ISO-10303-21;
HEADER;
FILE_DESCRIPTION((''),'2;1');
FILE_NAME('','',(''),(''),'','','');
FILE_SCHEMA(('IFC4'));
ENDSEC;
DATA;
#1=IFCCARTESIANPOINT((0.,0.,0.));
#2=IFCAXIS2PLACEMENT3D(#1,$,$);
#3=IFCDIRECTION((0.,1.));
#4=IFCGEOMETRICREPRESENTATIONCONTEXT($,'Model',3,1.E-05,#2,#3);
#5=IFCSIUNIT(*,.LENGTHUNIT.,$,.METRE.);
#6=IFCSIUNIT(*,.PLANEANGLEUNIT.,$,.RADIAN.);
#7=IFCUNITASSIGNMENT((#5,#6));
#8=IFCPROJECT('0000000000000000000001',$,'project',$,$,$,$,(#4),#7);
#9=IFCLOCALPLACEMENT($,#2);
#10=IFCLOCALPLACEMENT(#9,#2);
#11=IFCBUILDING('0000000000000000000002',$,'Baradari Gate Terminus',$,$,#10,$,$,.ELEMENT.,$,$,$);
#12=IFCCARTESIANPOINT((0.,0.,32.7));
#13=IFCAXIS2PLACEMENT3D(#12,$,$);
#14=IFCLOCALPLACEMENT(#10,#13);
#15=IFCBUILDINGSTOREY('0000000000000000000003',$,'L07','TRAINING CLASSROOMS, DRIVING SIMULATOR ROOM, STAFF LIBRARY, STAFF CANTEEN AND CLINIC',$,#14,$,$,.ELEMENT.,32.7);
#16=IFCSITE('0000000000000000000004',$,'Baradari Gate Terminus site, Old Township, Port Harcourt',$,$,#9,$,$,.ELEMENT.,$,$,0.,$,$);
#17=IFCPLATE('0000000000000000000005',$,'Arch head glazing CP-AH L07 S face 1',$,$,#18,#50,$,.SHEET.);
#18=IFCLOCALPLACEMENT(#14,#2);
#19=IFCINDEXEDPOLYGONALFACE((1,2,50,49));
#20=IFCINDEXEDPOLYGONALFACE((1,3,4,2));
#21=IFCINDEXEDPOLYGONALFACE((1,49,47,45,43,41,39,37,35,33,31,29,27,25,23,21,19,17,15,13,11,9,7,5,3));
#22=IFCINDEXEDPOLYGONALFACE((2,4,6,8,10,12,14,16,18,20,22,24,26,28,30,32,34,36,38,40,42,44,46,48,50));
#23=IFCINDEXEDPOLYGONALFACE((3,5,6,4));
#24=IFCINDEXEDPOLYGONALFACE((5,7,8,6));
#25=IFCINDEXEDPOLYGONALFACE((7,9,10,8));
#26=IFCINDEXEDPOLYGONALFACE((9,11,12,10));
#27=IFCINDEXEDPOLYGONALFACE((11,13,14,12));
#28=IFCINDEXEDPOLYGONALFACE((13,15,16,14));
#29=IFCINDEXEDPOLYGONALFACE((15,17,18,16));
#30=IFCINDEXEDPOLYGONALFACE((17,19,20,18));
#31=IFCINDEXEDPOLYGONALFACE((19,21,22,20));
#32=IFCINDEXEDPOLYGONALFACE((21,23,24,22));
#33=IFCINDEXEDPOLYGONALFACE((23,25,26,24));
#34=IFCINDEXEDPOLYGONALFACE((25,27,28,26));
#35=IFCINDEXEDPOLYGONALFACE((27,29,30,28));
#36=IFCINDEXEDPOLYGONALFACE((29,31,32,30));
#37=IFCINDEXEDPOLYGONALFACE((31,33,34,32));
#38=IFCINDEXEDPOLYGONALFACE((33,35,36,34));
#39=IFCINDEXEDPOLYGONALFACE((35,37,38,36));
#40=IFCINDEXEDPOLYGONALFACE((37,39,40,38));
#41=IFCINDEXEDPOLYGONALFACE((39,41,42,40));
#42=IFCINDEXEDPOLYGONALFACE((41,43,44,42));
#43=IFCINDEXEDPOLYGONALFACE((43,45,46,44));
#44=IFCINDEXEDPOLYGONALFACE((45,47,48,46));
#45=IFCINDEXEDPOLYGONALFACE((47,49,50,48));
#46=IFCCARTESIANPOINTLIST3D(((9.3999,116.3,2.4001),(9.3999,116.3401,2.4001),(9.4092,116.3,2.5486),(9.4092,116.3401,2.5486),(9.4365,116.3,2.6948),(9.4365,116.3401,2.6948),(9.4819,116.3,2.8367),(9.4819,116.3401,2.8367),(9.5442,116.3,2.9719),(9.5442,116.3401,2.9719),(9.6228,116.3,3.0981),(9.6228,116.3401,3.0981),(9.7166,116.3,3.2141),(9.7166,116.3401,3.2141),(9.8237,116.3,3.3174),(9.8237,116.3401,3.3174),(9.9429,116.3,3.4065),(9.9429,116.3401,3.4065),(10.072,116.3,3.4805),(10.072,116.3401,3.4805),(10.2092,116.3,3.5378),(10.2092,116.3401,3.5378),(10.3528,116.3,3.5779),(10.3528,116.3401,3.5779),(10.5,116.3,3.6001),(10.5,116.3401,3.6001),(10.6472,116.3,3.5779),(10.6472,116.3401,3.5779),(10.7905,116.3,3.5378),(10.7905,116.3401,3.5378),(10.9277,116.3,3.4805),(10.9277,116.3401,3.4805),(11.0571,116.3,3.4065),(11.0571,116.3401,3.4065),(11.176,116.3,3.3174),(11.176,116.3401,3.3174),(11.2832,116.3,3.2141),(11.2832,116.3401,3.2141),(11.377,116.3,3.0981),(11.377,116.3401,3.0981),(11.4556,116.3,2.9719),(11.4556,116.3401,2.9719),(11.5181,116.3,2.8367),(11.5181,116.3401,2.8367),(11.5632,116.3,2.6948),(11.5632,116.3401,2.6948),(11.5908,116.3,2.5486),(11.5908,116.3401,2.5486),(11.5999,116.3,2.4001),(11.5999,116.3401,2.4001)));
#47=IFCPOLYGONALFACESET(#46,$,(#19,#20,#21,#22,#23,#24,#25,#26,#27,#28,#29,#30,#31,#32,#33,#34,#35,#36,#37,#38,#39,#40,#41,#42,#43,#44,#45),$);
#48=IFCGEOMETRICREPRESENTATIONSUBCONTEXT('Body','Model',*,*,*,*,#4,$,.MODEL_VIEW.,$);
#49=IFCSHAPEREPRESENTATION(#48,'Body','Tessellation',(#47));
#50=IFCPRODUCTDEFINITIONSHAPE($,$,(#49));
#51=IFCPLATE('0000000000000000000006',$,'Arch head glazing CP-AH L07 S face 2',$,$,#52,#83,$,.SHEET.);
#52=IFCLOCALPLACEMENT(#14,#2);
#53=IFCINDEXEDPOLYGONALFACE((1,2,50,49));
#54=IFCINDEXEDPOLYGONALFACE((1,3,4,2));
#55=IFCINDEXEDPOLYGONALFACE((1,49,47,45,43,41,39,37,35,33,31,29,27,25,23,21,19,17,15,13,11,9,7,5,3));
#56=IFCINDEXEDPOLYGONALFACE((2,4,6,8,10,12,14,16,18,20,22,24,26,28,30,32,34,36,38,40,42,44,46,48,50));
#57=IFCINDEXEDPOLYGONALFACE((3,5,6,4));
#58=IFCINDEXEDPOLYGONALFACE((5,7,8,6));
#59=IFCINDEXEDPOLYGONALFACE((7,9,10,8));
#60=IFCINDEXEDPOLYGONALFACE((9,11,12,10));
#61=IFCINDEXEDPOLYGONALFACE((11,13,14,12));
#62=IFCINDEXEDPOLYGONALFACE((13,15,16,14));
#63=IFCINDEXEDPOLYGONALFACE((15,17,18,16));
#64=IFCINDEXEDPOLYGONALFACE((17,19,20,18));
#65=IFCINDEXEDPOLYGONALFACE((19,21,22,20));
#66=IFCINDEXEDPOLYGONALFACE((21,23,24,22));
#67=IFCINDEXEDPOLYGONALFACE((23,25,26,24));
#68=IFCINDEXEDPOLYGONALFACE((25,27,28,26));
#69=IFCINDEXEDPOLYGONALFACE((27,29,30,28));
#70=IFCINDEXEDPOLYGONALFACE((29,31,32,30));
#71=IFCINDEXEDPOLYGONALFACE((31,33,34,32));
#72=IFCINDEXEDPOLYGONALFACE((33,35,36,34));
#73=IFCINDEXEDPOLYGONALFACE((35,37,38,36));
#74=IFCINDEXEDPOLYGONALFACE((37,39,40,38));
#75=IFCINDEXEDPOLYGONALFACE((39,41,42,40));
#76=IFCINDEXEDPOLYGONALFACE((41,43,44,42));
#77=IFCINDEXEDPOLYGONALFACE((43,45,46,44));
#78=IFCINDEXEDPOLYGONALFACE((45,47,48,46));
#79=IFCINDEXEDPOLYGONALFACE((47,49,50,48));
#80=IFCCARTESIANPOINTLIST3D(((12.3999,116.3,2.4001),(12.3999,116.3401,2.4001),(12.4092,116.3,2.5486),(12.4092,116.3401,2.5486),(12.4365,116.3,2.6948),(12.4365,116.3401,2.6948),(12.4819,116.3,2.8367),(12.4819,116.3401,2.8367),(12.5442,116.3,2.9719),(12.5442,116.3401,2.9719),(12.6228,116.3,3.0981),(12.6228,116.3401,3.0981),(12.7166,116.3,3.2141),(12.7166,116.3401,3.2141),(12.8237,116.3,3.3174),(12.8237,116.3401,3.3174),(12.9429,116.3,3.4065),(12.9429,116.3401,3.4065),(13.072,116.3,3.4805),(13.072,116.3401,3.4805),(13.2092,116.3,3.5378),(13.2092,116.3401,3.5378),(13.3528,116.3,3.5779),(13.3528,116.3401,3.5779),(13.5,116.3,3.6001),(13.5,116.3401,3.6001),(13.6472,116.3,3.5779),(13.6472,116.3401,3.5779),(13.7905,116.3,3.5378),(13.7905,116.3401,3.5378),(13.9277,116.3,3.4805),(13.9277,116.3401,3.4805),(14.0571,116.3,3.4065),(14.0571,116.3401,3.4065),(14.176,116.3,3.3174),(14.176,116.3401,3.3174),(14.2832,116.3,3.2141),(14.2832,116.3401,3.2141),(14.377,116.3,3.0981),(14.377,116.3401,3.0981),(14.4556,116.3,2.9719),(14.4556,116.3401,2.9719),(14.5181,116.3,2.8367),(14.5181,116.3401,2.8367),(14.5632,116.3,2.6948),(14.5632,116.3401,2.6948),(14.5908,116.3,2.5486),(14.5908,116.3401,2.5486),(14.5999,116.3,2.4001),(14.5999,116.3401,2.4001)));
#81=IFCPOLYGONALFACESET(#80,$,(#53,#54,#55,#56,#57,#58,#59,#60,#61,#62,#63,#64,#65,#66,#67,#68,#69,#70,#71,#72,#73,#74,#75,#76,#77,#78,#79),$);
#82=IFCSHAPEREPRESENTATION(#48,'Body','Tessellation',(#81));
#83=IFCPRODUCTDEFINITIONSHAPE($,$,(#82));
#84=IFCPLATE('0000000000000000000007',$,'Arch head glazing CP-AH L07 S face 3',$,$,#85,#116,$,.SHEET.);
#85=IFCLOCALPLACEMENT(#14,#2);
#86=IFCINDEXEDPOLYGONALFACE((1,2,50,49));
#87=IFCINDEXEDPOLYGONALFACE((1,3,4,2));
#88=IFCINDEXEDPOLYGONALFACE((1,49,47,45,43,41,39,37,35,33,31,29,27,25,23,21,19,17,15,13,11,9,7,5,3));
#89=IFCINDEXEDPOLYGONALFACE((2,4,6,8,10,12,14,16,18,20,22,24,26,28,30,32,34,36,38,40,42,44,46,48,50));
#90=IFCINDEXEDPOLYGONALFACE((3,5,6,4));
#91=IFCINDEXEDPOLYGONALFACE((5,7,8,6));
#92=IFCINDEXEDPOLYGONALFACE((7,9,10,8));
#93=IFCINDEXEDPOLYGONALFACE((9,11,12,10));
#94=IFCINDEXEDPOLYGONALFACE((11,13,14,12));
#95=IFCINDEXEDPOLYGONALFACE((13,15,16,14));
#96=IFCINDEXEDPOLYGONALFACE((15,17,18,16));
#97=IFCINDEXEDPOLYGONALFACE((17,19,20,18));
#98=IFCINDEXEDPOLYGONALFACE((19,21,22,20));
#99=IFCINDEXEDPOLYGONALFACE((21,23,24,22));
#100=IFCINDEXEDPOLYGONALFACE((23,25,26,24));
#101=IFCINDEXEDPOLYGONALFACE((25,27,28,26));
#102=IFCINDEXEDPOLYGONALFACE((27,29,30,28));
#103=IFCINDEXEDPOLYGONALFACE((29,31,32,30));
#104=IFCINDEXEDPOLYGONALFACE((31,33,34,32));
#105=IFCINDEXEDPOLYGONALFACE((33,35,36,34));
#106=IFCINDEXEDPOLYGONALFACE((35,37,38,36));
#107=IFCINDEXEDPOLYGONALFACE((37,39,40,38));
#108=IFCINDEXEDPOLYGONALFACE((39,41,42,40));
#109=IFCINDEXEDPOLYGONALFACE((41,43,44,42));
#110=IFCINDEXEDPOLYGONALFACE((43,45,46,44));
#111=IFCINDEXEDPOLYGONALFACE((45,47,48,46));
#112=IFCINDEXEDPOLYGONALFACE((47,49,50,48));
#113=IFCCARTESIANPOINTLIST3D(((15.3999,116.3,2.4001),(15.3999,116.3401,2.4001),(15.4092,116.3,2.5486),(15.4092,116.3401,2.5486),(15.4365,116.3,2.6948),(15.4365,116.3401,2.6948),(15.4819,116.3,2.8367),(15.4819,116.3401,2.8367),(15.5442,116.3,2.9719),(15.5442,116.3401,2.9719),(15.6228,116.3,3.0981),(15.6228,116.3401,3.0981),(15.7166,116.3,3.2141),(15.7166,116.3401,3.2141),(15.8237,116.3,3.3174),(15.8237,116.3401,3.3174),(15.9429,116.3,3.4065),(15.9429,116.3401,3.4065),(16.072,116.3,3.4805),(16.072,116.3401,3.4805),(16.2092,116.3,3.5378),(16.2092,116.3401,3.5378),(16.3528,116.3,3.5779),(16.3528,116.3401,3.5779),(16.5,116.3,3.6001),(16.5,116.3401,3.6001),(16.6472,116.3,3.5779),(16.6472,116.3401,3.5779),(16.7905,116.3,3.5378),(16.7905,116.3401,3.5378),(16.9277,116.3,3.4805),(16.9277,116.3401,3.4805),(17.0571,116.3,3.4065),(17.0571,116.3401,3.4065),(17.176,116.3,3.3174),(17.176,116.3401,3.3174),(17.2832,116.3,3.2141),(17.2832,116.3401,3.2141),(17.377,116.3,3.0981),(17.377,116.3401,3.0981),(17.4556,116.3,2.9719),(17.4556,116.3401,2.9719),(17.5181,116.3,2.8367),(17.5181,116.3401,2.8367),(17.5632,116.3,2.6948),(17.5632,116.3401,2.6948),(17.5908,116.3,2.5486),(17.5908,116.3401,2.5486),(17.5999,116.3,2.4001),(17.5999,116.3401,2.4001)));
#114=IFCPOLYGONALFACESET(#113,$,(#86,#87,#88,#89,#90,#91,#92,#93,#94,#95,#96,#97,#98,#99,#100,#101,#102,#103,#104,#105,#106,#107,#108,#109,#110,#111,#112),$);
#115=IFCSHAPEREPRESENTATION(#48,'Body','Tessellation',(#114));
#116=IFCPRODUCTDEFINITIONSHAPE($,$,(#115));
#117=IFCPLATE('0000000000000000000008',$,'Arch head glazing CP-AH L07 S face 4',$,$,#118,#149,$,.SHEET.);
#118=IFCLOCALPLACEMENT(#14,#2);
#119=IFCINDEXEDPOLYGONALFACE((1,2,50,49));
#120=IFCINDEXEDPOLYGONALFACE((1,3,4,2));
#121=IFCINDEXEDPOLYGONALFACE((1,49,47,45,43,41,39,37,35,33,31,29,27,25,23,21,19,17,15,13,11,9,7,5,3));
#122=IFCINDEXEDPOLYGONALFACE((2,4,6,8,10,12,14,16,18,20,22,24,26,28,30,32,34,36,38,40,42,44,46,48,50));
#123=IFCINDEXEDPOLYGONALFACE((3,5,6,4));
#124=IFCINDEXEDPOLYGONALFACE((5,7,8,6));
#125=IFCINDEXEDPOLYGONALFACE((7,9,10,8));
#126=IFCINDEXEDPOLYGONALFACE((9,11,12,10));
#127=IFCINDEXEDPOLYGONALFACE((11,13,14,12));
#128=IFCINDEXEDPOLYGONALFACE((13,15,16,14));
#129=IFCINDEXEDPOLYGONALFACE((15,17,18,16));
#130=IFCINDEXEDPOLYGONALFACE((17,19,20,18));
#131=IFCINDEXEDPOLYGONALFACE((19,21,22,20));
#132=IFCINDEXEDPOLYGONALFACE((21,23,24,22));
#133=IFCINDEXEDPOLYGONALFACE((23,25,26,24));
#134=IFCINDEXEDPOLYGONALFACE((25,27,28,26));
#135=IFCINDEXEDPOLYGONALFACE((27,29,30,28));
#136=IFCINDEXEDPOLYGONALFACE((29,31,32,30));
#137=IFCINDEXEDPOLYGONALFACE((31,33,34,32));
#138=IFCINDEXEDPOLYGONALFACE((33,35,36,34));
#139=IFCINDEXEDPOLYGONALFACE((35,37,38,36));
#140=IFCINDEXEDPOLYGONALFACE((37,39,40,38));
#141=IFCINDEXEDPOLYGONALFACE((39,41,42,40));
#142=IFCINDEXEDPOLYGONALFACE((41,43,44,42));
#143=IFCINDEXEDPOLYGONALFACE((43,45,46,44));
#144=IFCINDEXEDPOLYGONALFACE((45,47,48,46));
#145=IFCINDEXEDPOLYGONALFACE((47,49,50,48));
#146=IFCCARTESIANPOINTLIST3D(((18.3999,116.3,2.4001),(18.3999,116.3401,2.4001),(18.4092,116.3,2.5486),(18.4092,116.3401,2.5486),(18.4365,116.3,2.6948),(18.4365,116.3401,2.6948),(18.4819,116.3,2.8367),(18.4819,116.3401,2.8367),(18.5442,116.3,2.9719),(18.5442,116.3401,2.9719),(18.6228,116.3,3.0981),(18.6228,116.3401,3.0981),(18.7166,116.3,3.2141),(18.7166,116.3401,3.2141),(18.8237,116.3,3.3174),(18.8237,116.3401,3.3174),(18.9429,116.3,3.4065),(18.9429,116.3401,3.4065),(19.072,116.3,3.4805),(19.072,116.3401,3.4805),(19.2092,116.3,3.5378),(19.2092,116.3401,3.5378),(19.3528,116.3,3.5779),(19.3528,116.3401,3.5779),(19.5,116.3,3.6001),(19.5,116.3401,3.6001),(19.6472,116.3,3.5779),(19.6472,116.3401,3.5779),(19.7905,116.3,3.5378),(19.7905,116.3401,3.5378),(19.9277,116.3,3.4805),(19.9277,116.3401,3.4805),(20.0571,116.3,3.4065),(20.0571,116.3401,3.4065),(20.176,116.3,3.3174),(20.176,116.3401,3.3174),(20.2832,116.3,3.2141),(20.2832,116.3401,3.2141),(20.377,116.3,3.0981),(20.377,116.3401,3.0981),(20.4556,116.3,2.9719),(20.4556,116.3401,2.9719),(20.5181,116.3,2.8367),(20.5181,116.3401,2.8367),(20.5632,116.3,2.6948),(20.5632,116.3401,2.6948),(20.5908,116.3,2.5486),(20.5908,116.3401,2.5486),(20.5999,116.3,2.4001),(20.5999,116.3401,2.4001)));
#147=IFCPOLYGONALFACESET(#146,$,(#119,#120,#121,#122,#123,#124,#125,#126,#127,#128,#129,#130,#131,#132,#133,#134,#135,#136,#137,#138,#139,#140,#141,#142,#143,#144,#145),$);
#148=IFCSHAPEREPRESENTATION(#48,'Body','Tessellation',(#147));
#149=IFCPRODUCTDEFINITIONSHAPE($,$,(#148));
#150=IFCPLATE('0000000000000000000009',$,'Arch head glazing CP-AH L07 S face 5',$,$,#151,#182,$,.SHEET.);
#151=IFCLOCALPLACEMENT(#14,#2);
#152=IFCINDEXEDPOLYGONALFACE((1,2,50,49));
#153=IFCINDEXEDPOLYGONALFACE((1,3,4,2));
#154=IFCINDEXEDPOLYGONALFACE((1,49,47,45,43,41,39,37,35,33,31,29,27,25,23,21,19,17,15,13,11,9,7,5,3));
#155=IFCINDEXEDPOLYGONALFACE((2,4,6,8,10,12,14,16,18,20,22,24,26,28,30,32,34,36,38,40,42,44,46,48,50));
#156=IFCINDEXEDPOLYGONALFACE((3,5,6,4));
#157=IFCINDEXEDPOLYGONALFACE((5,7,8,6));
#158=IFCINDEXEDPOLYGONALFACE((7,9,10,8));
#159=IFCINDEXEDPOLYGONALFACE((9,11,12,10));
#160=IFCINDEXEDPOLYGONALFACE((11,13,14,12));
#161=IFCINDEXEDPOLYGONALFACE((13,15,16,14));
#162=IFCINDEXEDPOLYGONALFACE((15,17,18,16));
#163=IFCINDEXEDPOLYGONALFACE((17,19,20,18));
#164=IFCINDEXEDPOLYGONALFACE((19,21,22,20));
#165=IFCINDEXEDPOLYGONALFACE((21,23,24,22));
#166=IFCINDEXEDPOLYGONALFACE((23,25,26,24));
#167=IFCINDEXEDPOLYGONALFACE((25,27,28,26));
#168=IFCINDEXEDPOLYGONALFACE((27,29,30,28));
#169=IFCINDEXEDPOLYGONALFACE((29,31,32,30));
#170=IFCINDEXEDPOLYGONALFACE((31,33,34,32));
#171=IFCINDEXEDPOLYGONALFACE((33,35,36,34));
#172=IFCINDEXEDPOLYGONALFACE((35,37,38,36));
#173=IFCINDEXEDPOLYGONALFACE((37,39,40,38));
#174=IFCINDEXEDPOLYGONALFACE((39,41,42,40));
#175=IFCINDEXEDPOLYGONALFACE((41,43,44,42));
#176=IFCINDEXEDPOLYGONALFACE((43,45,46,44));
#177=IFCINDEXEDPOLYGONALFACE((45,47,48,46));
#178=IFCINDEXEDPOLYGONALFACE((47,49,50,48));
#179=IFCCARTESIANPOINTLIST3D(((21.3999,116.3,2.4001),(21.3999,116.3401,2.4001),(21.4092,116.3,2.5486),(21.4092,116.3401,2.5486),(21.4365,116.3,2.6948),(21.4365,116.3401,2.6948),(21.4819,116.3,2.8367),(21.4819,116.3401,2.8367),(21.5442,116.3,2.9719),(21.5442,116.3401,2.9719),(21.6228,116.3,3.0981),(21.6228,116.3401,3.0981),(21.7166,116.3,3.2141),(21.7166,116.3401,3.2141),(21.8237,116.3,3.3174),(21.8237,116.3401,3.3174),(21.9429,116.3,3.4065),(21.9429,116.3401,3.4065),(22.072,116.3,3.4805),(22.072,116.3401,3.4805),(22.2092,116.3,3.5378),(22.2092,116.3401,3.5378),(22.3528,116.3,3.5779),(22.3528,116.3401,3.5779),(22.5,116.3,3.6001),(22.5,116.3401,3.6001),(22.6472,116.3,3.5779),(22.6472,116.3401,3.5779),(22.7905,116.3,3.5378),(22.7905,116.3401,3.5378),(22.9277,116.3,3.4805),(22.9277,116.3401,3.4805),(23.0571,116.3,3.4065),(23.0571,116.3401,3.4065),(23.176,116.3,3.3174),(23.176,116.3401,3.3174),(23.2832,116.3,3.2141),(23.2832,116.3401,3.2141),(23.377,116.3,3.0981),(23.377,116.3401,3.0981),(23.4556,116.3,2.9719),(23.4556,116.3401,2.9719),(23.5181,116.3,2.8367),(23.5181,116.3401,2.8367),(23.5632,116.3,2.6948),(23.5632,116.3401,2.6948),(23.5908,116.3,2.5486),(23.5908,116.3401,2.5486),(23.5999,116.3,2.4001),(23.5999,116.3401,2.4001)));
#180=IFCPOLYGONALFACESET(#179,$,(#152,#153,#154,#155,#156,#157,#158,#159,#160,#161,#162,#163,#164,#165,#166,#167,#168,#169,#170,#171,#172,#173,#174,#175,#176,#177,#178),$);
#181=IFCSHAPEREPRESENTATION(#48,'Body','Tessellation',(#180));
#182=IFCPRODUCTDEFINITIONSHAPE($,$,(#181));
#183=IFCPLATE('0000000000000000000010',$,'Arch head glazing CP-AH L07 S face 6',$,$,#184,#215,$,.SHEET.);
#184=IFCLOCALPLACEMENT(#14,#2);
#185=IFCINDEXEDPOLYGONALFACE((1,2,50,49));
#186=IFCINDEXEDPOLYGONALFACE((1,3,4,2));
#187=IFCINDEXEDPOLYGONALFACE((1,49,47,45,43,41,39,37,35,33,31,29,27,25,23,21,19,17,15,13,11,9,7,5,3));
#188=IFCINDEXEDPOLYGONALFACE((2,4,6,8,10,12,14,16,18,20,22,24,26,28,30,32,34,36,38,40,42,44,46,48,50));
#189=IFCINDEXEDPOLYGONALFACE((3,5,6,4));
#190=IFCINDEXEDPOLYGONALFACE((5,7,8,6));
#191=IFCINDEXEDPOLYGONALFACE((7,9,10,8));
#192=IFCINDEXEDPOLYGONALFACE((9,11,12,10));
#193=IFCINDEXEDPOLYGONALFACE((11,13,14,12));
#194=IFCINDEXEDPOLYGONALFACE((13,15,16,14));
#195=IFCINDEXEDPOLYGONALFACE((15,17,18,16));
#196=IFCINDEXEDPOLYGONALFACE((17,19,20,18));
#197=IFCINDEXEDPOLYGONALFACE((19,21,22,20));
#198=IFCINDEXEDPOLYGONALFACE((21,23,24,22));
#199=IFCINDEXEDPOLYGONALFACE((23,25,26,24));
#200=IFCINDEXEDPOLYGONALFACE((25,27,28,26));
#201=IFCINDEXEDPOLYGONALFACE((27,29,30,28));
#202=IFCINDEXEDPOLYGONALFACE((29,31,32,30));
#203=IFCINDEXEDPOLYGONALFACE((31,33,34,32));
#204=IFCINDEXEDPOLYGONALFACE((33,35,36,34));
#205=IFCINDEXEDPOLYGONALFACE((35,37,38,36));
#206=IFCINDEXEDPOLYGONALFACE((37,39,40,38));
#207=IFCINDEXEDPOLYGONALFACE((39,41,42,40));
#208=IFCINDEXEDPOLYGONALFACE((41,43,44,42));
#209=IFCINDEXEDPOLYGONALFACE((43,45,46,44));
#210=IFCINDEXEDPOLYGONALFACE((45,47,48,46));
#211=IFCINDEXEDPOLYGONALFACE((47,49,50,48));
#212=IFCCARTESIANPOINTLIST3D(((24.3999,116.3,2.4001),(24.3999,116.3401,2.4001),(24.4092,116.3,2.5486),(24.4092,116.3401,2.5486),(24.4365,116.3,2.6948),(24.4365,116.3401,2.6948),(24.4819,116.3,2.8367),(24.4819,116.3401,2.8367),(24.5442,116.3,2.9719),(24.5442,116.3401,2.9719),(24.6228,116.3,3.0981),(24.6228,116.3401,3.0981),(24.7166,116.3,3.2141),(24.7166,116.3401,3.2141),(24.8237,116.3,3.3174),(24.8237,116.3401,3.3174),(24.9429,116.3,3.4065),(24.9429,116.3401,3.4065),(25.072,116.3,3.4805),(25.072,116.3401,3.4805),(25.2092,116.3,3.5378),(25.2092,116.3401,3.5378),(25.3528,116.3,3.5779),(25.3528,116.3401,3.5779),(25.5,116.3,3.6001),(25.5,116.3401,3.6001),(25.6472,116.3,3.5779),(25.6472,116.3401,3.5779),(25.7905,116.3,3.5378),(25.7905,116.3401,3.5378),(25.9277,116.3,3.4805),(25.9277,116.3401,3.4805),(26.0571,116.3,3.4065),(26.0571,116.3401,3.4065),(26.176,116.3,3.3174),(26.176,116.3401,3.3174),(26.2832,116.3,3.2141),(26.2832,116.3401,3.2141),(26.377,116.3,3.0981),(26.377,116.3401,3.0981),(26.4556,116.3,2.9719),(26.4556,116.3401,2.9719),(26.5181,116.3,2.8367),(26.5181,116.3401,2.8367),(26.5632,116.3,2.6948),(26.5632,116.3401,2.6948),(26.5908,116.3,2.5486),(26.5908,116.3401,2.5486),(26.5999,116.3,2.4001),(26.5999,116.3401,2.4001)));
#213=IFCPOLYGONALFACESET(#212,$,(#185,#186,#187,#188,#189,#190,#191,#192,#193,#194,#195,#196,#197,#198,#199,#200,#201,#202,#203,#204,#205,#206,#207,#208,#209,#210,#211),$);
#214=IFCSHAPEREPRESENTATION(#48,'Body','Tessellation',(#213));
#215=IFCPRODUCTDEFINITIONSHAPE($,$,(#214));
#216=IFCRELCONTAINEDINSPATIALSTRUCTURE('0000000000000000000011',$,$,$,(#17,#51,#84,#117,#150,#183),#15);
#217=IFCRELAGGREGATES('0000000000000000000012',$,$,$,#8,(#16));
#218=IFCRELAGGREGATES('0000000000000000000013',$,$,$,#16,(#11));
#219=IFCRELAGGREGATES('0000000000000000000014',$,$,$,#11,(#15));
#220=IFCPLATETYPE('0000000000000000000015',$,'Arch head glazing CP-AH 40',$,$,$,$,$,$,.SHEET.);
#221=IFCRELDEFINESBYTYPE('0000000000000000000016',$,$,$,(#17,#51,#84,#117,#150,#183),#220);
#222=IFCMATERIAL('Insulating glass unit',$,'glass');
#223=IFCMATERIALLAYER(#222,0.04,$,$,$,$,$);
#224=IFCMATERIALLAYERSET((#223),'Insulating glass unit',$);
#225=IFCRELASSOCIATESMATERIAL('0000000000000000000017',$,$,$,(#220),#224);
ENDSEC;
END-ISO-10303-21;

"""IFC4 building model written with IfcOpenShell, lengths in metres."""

from ifc_helpers import new_model, si_unit, direction, frame, origin, place, context, subcontext, project, spatial, polyline, outline, extrude, material, layer, layer_set, type_object, element, save


model = new_model("IFC4")

# Units and contexts
model_context = context("Model", 3, precision=1e-05, world=origin(), true_north=direction((0.0, 1.0)))
body_context = subcontext(model_context, "Body", "Model", "MODEL_VIEW")
ifc_project = project(units=[si_unit("LENGTHUNIT", "METRE"), si_unit("PLANEANGLEUNIT", "RADIAN")], contexts=[model_context])

# Site, building, storey
site_placement = place(None, origin())
site = spatial("IfcSite", under=ifc_project, at=site_placement, Name="Baradari Gate Terminus site, Old Township, Port Harcourt", CompositionType="ELEMENT", RefElevation=0.0)
building_placement = place(site_placement, origin())
building = spatial("IfcBuilding", under=site, at=building_placement, Name="Baradari Gate Terminus", CompositionType="ELEMENT")
storey_placement = place(building_placement, frame((0.0, 0.0, 32.7)))
storey = spatial("IfcBuildingStorey", under=building, at=storey_placement, Name="L07", Description="TRAINING CLASSROOMS, DRIVING SIMULATOR ROOM, STAFF LIBRARY, STAFF CANTEEN AND CLINIC", CompositionType="ELEMENT", Elevation=32.7)

# Plates
ifc_material_1 = material(Name="Insulating glass unit", Category="glass")
ifc_layer_1 = layer(ifc_material_1, 0.04)
ifc_layer_set_1 = layer_set([ifc_layer_1], Name="Insulating glass unit")
plate_type = type_object("IfcPlateType", Name="Arch head glazing CP-AH 40", PredefinedType="SHEET", material=ifc_layer_set_1)
for number, where, z_axis, x_axis, name in (
    (1, (9.3999, 116.3201, 2.4001), (0.0, 0.0, 1.0), (1.0, 0.0, 0.0), "Arch head glazing CP-AH L07 S face 1"),
    (2, (12.3999, 116.3201, 2.4001), (0.0, 0.0, 1.0), (1.0, 0.0, 0.0), "Arch head glazing CP-AH L07 S face 2"),
    (3, (15.3999, 116.3201, 2.4001), (0.0, 0.0, 1.0), (1.0, 0.0, 0.0), "Arch head glazing CP-AH L07 S face 3"),
    (4, (18.3999, 116.3201, 2.4001), (0.0, 0.0, 1.0), (1.0, 0.0, 0.0), "Arch head glazing CP-AH L07 S face 4"),
    (5, (21.3999, 116.3201, 2.4001), (0.0, 0.0, 1.0), (1.0, 0.0, 0.0), "Arch head glazing CP-AH L07 S face 5"),
    (6, (24.3999, 116.3201, 2.4001), (0.0, 0.0, 1.0), (1.0, 0.0, 0.0), "Arch head glazing CP-AH L07 S face 6"),
):
    element("IfcPlate", number, at=place(storey_placement, frame(where, z_axis=z_axis, x_axis=x_axis)), inside=storey, type_object=plate_type, Name=name, PredefinedType="SHEET", context=body_context, shape_type="SweptSolid", body=[
        extrude(outline(polyline([(0.0, 0.0), (2.2, 0.0), (2.1909, 0.1484), (2.1633, 0.2947), (2.1182, 0.4365), (2.0557, 0.5718), (1.9771, 0.698), (1.8833, 0.814), (1.7761, 0.9172), (1.6572, 1.0063), (1.5278, 1.0803), (1.3906, 1.1377), (1.2473, 1.1777), (1.1001, 1.2), (0.9529, 1.1777), (0.8093, 1.1377), (0.6721, 1.0803), (0.543, 1.0063), (0.4238, 0.9172), (0.3167, 0.814), (0.2229, 0.698), (0.1443, 0.5718), (0.082, 0.4365), (0.0366, 0.2947), (0.0093, 0.1484), (0.0, 0.0)])), frame((0.0, 0.02, 0.0), z_axis=(0.0, -1.0, 0.0), x_axis=(1.0, 0.0, 0.0)), (0.0, 0.0, 1.0), 0.04),
    ])

save(model, "model.ifc")
